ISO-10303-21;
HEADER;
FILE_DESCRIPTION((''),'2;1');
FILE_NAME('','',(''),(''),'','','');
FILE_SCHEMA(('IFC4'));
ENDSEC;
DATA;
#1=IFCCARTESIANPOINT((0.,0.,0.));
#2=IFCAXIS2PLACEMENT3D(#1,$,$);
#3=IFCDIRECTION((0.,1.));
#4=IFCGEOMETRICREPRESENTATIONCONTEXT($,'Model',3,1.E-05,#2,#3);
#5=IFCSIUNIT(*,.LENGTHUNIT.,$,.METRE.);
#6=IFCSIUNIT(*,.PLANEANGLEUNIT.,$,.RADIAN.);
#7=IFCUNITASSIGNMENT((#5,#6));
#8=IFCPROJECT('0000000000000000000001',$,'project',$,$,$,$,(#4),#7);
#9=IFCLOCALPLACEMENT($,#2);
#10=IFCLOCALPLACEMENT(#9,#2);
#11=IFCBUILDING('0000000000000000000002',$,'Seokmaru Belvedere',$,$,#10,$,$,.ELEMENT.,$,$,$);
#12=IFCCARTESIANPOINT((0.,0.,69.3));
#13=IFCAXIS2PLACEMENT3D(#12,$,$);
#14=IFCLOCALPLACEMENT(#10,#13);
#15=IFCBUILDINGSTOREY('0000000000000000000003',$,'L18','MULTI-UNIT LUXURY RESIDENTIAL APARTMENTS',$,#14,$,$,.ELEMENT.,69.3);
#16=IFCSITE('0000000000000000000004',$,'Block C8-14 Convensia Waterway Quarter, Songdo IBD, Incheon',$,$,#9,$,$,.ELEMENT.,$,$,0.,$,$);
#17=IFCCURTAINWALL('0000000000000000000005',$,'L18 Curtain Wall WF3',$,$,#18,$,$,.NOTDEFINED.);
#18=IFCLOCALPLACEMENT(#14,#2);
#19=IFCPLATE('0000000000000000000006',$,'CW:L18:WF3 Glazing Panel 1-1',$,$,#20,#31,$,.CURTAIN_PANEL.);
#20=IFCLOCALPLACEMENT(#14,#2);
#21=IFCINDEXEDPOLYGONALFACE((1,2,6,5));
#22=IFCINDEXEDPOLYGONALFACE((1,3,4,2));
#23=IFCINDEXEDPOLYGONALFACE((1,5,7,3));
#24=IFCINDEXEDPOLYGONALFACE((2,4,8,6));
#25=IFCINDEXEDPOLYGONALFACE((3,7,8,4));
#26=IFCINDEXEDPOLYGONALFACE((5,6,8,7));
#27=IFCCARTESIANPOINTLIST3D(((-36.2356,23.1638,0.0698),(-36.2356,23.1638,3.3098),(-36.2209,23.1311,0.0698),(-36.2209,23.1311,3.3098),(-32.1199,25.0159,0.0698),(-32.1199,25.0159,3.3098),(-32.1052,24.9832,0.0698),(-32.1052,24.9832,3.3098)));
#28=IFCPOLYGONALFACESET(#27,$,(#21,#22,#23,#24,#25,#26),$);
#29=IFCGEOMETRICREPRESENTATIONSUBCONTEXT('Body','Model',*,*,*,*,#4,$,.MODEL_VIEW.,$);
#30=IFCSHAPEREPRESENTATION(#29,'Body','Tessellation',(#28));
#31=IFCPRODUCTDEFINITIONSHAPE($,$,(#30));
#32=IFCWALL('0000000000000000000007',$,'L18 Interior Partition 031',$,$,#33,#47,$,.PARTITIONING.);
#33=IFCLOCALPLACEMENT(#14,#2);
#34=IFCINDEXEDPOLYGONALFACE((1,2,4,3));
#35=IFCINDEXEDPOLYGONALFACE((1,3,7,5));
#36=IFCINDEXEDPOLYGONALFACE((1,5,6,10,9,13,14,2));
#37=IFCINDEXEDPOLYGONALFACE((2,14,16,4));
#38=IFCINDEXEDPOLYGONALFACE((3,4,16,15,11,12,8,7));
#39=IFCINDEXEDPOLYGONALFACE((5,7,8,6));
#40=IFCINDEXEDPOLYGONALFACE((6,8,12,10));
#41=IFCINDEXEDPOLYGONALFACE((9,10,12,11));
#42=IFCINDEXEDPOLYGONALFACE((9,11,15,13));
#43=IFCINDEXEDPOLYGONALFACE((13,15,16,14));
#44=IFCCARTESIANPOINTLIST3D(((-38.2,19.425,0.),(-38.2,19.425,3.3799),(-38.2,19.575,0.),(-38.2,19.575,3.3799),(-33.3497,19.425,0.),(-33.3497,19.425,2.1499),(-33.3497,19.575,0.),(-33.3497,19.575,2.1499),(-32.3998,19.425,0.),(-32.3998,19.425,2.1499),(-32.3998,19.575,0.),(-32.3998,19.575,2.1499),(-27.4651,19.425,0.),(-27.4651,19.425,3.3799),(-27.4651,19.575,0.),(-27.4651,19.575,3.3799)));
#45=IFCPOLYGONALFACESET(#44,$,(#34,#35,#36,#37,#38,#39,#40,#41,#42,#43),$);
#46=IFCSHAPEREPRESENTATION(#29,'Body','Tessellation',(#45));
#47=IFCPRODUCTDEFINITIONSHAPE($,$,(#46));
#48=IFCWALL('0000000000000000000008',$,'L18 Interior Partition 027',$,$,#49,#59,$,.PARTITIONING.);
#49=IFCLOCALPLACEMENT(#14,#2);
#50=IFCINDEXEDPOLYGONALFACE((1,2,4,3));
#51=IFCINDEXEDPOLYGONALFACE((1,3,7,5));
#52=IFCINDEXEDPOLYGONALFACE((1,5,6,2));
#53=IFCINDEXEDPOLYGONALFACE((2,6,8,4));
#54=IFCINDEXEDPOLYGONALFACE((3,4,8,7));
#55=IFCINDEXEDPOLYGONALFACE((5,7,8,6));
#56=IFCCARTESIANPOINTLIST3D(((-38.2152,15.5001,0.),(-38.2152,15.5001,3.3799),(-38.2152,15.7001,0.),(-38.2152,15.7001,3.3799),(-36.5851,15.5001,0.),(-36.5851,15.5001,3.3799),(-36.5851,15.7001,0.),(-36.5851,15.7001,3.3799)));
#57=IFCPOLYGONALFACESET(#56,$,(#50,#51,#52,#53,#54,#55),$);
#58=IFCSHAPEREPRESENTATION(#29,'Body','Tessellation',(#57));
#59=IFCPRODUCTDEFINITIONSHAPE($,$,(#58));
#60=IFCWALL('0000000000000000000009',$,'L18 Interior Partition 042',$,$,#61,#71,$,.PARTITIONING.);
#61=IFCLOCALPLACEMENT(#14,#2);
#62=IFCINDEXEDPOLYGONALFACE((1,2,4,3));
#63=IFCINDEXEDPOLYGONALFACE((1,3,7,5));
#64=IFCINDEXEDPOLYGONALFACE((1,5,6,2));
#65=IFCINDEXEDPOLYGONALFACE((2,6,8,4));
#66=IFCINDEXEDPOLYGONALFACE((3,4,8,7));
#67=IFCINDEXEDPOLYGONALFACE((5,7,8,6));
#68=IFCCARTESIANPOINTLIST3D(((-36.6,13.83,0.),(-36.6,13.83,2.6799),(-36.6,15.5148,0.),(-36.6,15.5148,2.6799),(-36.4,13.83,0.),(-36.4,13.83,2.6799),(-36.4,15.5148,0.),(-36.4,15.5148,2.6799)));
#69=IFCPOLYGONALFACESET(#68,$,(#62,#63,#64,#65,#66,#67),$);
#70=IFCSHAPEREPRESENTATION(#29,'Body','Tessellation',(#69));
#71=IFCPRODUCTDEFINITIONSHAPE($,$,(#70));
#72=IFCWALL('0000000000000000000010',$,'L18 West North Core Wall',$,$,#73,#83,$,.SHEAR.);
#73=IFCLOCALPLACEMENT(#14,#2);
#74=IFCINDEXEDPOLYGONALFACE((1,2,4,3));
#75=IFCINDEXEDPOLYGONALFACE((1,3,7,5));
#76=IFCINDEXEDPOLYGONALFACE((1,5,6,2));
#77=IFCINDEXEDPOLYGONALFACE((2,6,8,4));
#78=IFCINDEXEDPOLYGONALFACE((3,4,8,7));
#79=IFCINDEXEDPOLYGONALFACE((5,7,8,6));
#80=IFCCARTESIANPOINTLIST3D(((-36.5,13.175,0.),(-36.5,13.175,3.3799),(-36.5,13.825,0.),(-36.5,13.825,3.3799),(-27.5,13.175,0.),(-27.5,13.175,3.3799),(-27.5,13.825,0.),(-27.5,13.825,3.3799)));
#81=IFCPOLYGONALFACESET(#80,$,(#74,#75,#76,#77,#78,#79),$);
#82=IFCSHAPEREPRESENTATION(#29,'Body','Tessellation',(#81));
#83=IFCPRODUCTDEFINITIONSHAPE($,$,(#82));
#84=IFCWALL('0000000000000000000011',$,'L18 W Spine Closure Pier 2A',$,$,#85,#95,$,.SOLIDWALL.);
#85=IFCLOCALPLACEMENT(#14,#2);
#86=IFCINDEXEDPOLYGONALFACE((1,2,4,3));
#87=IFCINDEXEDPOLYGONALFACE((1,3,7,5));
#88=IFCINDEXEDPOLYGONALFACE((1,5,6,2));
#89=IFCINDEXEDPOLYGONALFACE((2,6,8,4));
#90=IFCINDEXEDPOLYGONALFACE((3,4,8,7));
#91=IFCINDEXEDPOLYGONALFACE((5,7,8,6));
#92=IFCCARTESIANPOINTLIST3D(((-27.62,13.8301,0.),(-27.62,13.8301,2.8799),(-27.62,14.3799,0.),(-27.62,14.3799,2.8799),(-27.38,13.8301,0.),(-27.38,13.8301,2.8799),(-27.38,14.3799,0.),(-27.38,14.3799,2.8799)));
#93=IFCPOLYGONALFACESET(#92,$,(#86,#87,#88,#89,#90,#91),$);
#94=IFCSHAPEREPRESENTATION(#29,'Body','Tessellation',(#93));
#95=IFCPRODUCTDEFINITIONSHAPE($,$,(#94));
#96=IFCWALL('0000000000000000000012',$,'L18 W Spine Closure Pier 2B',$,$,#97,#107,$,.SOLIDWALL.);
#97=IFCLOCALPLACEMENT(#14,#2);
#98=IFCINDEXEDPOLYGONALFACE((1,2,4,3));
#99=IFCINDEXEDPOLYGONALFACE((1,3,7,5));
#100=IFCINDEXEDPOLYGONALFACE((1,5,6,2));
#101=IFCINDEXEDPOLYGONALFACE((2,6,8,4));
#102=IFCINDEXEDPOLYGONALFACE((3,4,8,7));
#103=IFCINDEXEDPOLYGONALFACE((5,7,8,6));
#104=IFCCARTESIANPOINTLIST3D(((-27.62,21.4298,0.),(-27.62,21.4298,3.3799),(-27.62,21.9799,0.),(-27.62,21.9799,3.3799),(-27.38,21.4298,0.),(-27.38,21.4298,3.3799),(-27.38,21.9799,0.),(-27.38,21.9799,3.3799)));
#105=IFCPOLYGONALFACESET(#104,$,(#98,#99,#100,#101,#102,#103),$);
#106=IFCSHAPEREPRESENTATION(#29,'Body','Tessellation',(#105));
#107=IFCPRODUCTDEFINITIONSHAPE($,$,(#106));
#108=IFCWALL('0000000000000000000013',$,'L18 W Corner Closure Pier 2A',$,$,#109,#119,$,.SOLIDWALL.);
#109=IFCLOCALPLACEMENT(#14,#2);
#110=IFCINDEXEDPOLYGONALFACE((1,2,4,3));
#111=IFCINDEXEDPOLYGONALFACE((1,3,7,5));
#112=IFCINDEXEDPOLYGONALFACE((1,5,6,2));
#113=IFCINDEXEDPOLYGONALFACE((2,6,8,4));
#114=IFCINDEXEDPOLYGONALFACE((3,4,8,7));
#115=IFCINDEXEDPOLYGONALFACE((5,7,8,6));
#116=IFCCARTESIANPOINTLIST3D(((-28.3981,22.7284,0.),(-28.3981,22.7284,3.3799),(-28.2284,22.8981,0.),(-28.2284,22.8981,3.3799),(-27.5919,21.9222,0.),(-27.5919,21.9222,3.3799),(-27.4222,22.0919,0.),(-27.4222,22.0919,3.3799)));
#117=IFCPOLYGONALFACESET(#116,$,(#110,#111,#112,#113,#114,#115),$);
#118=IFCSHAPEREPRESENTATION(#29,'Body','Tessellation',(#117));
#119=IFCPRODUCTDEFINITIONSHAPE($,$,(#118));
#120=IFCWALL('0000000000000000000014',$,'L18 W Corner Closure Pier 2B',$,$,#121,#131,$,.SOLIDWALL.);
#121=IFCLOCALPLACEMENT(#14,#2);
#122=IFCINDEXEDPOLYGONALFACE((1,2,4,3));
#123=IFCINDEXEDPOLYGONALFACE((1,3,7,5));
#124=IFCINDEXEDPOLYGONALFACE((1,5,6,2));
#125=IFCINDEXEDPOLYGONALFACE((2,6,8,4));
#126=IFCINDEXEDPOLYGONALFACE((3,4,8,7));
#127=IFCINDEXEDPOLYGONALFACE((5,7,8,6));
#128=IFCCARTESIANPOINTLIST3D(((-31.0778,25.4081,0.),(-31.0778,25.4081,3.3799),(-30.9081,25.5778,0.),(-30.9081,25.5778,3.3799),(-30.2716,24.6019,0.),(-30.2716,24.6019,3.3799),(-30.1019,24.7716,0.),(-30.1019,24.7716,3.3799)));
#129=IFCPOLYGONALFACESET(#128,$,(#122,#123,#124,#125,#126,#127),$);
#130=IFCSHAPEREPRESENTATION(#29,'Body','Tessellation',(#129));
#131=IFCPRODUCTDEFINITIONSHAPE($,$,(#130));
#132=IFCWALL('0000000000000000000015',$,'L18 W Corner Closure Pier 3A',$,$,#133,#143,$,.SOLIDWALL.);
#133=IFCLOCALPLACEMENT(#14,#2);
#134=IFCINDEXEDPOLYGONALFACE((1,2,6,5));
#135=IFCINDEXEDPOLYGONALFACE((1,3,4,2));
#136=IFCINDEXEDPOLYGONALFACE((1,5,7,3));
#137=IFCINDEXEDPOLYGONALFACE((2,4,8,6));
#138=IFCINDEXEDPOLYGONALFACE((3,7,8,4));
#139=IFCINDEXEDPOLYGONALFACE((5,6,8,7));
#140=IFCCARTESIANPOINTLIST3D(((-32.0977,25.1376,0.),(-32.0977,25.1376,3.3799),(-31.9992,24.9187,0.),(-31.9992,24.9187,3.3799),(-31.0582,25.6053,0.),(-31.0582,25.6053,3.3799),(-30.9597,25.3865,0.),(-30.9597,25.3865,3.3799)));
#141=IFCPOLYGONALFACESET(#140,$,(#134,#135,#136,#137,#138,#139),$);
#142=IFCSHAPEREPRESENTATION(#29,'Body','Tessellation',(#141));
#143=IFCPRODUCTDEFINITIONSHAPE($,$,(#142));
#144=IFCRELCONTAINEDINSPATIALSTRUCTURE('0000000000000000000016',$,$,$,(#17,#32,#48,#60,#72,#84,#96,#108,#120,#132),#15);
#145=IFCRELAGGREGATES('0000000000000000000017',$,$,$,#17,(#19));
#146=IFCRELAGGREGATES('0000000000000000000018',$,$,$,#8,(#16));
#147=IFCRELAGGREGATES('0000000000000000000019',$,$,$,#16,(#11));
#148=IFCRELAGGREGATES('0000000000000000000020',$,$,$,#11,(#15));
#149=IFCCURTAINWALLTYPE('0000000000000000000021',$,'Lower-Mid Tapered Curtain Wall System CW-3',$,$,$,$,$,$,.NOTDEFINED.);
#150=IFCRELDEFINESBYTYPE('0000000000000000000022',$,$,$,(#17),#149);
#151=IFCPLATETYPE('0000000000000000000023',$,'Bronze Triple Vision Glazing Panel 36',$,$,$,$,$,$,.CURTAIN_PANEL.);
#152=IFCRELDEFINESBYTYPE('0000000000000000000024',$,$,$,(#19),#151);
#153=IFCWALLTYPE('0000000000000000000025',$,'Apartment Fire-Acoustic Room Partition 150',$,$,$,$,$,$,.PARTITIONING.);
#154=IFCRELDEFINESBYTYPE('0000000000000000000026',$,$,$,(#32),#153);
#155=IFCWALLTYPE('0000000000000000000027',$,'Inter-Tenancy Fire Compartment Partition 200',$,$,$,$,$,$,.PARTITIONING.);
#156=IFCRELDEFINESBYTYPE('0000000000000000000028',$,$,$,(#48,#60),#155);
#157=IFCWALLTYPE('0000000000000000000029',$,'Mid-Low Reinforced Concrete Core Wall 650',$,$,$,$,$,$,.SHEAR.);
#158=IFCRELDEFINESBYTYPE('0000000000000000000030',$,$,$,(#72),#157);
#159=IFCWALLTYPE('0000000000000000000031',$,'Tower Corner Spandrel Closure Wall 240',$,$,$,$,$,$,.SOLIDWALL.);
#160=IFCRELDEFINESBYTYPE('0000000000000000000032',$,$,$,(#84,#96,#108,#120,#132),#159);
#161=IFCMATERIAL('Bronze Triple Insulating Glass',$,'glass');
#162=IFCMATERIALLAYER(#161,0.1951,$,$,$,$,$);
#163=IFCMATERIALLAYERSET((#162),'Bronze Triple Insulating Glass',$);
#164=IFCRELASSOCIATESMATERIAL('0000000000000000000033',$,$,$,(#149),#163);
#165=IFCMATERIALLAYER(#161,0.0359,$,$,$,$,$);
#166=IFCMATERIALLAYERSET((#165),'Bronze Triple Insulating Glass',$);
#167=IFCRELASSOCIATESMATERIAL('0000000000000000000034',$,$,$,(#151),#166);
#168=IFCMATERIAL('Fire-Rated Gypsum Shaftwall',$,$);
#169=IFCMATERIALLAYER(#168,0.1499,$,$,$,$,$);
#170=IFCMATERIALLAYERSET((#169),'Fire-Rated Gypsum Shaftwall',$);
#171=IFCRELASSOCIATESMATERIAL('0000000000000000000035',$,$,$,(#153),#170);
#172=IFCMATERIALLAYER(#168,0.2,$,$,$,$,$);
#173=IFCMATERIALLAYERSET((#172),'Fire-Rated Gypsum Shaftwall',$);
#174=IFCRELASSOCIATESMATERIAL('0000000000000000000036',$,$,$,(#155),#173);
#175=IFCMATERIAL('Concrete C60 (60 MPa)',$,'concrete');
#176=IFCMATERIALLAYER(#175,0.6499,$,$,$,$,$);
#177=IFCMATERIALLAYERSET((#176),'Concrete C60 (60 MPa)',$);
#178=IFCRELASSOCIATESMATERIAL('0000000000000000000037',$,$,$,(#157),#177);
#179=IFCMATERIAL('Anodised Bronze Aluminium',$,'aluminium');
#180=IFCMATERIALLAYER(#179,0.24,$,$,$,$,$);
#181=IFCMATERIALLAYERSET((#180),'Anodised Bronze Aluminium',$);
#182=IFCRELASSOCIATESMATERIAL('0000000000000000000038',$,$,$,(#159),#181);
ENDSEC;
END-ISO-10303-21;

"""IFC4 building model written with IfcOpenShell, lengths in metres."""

from ifc_helpers import new_model, si_unit, direction, frame, frame_2d, origin, origin_2d, place, context, subcontext, project, spatial, rectangle, extrude, source, transform, mapped, material, layer, layer_set, type_object, element, aggregate, save


model = new_model("IFC4")

# Units and contexts
model_context = context("Model", 3, precision=1e-05, world=origin(), true_north=direction((0.0, 1.0)))
body_context = subcontext(model_context, "Body", "Model", "MODEL_VIEW")
ifc_project = project(units=[si_unit("LENGTHUNIT", "METRE"), si_unit("PLANEANGLEUNIT", "RADIAN")], contexts=[model_context])

# Site, building, storey
site_placement = place(None, origin())
site = spatial("IfcSite", under=ifc_project, at=site_placement, Name="Block C8-14 Convensia Waterway Quarter, Songdo IBD, Incheon", CompositionType="ELEMENT", RefElevation=0.0)
building_placement = place(site_placement, origin())
building = spatial("IfcBuilding", under=site, at=building_placement, Name="Seokmaru Belvedere", CompositionType="ELEMENT")
storey_placement = place(building_placement, frame((0.0, 0.0, 69.3)))
storey = spatial("IfcBuildingStorey", under=building, at=storey_placement, Name="L18", Description="MULTI-UNIT LUXURY RESIDENTIAL APARTMENTS", CompositionType="ELEMENT", Elevation=69.3)

# Shared definitions
ifc_material_1 = material(Name="Bronze Triple Insulating Glass", Category="glass")
ifc_layer_1 = layer(ifc_material_1, 0.1951)
ifc_layer_set_1 = layer_set([ifc_layer_1], Name="Bronze Triple Insulating Glass")
curtain_wall_type = type_object("IfcCurtainWallType", Name="Lower-Mid Tapered Curtain Wall System CW-3", PredefinedType="NOTDEFINED", material=ifc_layer_set_1)
ifc_material_2 = material(Name="Anodised Bronze Aluminium", Category="aluminium")

# Curtain wall
curtain_wall_1_placement = place(storey_placement, origin())
curtain_wall_1 = element("IfcCurtainWall", 1, at=curtain_wall_1_placement, inside=storey, type_object=curtain_wall_type, Name="L18 Curtain Wall WF3", PredefinedType="NOTDEFINED")

# Plate
ifc_layer_2 = layer(ifc_material_1, 0.0359)
ifc_layer_set_2 = layer_set([ifc_layer_2], Name="Bronze Triple Insulating Glass")
plate_type = type_object("IfcPlateType", Name="Bronze Triple Vision Glazing Panel 36", PredefinedType="CURTAIN_PANEL", material=ifc_layer_set_2)
shared_shape_1 = source(origin(), body_context, "Body", "SweptSolid", [
    extrude(rectangle(XDim=4.5132, YDim=0.0359, at=origin_2d()), origin(), (0.0, 0.0, 1.0), 3.24),
])
plate_1_placement = place(storey_placement, frame((-34.1704, 24.0735, 0.0698), z_axis=(0.0, 0.0, 1.0), x_axis=(-0.911921, -0.410366, 0.0)))
plate_1 = element("IfcPlate", 2, at=plate_1_placement, type_object=plate_type, Name="CW:L18:WF3 Glazing Panel 1-1", PredefinedType="CURTAIN_PANEL", context=body_context, shape_type="MappedRepresentation", body=[
    mapped(shared_shape_1, transform((0.0, 0.0, 0.0), scale=1.0)),
])
aggregate(curtain_wall_1, [plate_1])

# Wall, opening
ifc_material_3 = material(Name="Fire-Rated Gypsum Shaftwall")
ifc_layer_3 = layer(ifc_material_3, 0.1499)
ifc_layer_set_3 = layer_set([ifc_layer_3], Name="Fire-Rated Gypsum Shaftwall")
wall_type_1 = type_object("IfcWallType", Name="Apartment Fire-Acoustic Room Partition 150", PredefinedType="PARTITIONING", material=ifc_layer_set_3)
wall_1_placement = place(storey_placement, frame((-38.2, 19.5, 0.0), z_axis=(0.0, 0.0, 1.0), x_axis=(1.0, 0.0, 0.0)))
wall_1 = element("IfcWall", 3, at=wall_1_placement, inside=storey, type_object=wall_type_1, Name="L18 Interior Partition 031", PredefinedType="PARTITIONING", context=body_context, shape_type="SweptSolid", body=[
    extrude(rectangle(XDim=10.7349, YDim=0.1499, at=frame_2d((5.3674, 0.0))), origin(), (0.0, 0.0, 1.0), 3.3799),
])
opening_placement = place(wall_1_placement, frame((4.8501, 0.0, 0.0)))
element("IfcOpeningElement", 4, at=opening_placement, cuts=wall_1, PredefinedType="OPENING", context=body_context, shape_type="SweptSolid", body=[
    extrude(rectangle(XDim=0.95, YDim=2.1499, at=frame_2d((0.4751, 1.075))), frame((0.0, 0.085, 0.0), z_axis=(0.0, -1.0, 0.0), x_axis=(1.0, 0.0, 0.0)), (0.0, 0.0, 1.0), 0.1699),
])

# Walls
ifc_layer_4 = layer(ifc_material_3, 0.2)
ifc_layer_set_4 = layer_set([ifc_layer_4], Name="Fire-Rated Gypsum Shaftwall")
wall_type_2 = type_object("IfcWallType", Name="Inter-Tenancy Fire Compartment Partition 200", PredefinedType="PARTITIONING", material=ifc_layer_set_4)
wall_2_placement = place(storey_placement, frame((-38.2151, 15.6001, 0.0), z_axis=(0.0, 0.0, 1.0), x_axis=(1.0, 0.0, 0.0)))
element("IfcWall", 5, at=wall_2_placement, inside=storey, type_object=wall_type_2, Name="L18 Interior Partition 027", PredefinedType="PARTITIONING", context=body_context, shape_type="SweptSolid", body=[
    extrude(rectangle(XDim=1.6301, YDim=0.2, at=frame_2d((0.8149, 0.0))), origin(), (0.0, 0.0, 1.0), 3.3799),
])
wall_3_placement = place(storey_placement, frame((-36.5, 13.8301, 0.0), z_axis=(0.0, 0.0, 1.0), x_axis=(0.0, 1.0, 0.0)))
element("IfcWall", 6, at=wall_3_placement, inside=storey, type_object=wall_type_2, Name="L18 Interior Partition 042", PredefinedType="PARTITIONING", context=body_context, shape_type="SweptSolid", body=[
    extrude(rectangle(XDim=1.6848, YDim=0.2, at=frame_2d((0.8423, 0.0))), origin(), (0.0, 0.0, 1.0), 2.6799),
])
ifc_material_4 = material(Name="Concrete C60 (60 MPa)", Category="concrete")
ifc_layer_5 = layer(ifc_material_4, 0.6499)
ifc_layer_set_5 = layer_set([ifc_layer_5], Name="Concrete C60 (60 MPa)")
wall_type_3 = type_object("IfcWallType", Name="Mid-Low Reinforced Concrete Core Wall 650", PredefinedType="SHEAR", material=ifc_layer_set_5)
wall_4_placement = place(storey_placement, frame((-36.5, 13.5, 0.0), z_axis=(0.0, 0.0, 1.0), x_axis=(1.0, 0.0, 0.0)))
element("IfcWall", 7, at=wall_4_placement, inside=storey, type_object=wall_type_3, Name="L18 West North Core Wall", PredefinedType="SHEAR", context=body_context, shape_type="SweptSolid", body=[
    extrude(rectangle(XDim=9.0, YDim=0.6499, at=frame_2d((4.5, 0.0))), origin(), (0.0, 0.0, 1.0), 3.3799),
])
ifc_layer_6 = layer(ifc_material_2, 0.24)
ifc_layer_set_6 = layer_set([ifc_layer_6], Name="Anodised Bronze Aluminium")
wall_type_4 = type_object("IfcWallType", Name="Tower Corner Spandrel Closure Wall 240", PredefinedType="SOLIDWALL", material=ifc_layer_set_6)
wall_5_placement = place(storey_placement, frame((-27.5, 13.8301, 0.0), z_axis=(0.0, 0.0, 1.0), x_axis=(0.0, 1.0, 0.0)))
element("IfcWall", 8, at=wall_5_placement, inside=storey, type_object=wall_type_4, Name="L18 W Spine Closure Pier 2A", PredefinedType="SOLIDWALL", context=body_context, shape_type="SweptSolid", body=[
    extrude(rectangle(XDim=0.5498, YDim=0.24, at=frame_2d((0.2749, 0.0))), origin(), (0.0, 0.0, 1.0), 2.8799),
])
wall_6_placement = place(storey_placement, frame((-27.5, 21.4299, 0.0), z_axis=(0.0, 0.0, 1.0), x_axis=(0.0, 1.0, 0.0)))
element("IfcWall", 9, at=wall_6_placement, inside=storey, type_object=wall_type_4, Name="L18 W Spine Closure Pier 2B", PredefinedType="SOLIDWALL", context=body_context, shape_type="SweptSolid", body=[
    extrude(rectangle(XDim=0.55, YDim=0.24, at=frame_2d((0.2749, 0.0))), origin(), (0.0, 0.0, 1.0), 3.3799),
])
for number, where, z_axis, x_axis, name in (
    (10, (-27.5071, 22.0071, 0.0), (0.0, 0.0, 1.0), (-0.707107, 0.707107, 0.0), "L18 W Corner Closure Pier 2A"),
    (11, (-30.1868, 24.6868, 0.0), (0.0, 0.0, 1.0), (-0.707107, 0.707107, 0.0), "L18 W Corner Closure Pier 2B"),
):
    element("IfcWall", number, at=place(storey_placement, frame(where, z_axis=z_axis, x_axis=x_axis)), inside=storey, type_object=wall_type_4, Name=name, PredefinedType="SOLIDWALL", context=body_context, shape_type="SweptSolid", body=[
        extrude(rectangle(XDim=1.1401, YDim=0.24, at=frame_2d((0.5701, 0.0))), origin(), (0.0, 0.0, 1.0), 3.3799),
    ])
wall_7_placement = place(storey_placement, frame((-31.009, 25.4958, 0.0), z_axis=(0.0, 0.0, 1.0), x_axis=(-0.91193, -0.410347, 0.0)))
element("IfcWall", 12, at=wall_7_placement, inside=storey, type_object=wall_type_4, Name="L18 W Corner Closure Pier 3A", PredefinedType="SOLIDWALL", context=body_context, shape_type="SweptSolid", body=[
    extrude(rectangle(XDim=1.1399, YDim=0.24, at=frame_2d((0.5698, 0.0))), origin(), (0.0, 0.0, 1.0), 3.3799),
])

save(model, "model.ifc")
